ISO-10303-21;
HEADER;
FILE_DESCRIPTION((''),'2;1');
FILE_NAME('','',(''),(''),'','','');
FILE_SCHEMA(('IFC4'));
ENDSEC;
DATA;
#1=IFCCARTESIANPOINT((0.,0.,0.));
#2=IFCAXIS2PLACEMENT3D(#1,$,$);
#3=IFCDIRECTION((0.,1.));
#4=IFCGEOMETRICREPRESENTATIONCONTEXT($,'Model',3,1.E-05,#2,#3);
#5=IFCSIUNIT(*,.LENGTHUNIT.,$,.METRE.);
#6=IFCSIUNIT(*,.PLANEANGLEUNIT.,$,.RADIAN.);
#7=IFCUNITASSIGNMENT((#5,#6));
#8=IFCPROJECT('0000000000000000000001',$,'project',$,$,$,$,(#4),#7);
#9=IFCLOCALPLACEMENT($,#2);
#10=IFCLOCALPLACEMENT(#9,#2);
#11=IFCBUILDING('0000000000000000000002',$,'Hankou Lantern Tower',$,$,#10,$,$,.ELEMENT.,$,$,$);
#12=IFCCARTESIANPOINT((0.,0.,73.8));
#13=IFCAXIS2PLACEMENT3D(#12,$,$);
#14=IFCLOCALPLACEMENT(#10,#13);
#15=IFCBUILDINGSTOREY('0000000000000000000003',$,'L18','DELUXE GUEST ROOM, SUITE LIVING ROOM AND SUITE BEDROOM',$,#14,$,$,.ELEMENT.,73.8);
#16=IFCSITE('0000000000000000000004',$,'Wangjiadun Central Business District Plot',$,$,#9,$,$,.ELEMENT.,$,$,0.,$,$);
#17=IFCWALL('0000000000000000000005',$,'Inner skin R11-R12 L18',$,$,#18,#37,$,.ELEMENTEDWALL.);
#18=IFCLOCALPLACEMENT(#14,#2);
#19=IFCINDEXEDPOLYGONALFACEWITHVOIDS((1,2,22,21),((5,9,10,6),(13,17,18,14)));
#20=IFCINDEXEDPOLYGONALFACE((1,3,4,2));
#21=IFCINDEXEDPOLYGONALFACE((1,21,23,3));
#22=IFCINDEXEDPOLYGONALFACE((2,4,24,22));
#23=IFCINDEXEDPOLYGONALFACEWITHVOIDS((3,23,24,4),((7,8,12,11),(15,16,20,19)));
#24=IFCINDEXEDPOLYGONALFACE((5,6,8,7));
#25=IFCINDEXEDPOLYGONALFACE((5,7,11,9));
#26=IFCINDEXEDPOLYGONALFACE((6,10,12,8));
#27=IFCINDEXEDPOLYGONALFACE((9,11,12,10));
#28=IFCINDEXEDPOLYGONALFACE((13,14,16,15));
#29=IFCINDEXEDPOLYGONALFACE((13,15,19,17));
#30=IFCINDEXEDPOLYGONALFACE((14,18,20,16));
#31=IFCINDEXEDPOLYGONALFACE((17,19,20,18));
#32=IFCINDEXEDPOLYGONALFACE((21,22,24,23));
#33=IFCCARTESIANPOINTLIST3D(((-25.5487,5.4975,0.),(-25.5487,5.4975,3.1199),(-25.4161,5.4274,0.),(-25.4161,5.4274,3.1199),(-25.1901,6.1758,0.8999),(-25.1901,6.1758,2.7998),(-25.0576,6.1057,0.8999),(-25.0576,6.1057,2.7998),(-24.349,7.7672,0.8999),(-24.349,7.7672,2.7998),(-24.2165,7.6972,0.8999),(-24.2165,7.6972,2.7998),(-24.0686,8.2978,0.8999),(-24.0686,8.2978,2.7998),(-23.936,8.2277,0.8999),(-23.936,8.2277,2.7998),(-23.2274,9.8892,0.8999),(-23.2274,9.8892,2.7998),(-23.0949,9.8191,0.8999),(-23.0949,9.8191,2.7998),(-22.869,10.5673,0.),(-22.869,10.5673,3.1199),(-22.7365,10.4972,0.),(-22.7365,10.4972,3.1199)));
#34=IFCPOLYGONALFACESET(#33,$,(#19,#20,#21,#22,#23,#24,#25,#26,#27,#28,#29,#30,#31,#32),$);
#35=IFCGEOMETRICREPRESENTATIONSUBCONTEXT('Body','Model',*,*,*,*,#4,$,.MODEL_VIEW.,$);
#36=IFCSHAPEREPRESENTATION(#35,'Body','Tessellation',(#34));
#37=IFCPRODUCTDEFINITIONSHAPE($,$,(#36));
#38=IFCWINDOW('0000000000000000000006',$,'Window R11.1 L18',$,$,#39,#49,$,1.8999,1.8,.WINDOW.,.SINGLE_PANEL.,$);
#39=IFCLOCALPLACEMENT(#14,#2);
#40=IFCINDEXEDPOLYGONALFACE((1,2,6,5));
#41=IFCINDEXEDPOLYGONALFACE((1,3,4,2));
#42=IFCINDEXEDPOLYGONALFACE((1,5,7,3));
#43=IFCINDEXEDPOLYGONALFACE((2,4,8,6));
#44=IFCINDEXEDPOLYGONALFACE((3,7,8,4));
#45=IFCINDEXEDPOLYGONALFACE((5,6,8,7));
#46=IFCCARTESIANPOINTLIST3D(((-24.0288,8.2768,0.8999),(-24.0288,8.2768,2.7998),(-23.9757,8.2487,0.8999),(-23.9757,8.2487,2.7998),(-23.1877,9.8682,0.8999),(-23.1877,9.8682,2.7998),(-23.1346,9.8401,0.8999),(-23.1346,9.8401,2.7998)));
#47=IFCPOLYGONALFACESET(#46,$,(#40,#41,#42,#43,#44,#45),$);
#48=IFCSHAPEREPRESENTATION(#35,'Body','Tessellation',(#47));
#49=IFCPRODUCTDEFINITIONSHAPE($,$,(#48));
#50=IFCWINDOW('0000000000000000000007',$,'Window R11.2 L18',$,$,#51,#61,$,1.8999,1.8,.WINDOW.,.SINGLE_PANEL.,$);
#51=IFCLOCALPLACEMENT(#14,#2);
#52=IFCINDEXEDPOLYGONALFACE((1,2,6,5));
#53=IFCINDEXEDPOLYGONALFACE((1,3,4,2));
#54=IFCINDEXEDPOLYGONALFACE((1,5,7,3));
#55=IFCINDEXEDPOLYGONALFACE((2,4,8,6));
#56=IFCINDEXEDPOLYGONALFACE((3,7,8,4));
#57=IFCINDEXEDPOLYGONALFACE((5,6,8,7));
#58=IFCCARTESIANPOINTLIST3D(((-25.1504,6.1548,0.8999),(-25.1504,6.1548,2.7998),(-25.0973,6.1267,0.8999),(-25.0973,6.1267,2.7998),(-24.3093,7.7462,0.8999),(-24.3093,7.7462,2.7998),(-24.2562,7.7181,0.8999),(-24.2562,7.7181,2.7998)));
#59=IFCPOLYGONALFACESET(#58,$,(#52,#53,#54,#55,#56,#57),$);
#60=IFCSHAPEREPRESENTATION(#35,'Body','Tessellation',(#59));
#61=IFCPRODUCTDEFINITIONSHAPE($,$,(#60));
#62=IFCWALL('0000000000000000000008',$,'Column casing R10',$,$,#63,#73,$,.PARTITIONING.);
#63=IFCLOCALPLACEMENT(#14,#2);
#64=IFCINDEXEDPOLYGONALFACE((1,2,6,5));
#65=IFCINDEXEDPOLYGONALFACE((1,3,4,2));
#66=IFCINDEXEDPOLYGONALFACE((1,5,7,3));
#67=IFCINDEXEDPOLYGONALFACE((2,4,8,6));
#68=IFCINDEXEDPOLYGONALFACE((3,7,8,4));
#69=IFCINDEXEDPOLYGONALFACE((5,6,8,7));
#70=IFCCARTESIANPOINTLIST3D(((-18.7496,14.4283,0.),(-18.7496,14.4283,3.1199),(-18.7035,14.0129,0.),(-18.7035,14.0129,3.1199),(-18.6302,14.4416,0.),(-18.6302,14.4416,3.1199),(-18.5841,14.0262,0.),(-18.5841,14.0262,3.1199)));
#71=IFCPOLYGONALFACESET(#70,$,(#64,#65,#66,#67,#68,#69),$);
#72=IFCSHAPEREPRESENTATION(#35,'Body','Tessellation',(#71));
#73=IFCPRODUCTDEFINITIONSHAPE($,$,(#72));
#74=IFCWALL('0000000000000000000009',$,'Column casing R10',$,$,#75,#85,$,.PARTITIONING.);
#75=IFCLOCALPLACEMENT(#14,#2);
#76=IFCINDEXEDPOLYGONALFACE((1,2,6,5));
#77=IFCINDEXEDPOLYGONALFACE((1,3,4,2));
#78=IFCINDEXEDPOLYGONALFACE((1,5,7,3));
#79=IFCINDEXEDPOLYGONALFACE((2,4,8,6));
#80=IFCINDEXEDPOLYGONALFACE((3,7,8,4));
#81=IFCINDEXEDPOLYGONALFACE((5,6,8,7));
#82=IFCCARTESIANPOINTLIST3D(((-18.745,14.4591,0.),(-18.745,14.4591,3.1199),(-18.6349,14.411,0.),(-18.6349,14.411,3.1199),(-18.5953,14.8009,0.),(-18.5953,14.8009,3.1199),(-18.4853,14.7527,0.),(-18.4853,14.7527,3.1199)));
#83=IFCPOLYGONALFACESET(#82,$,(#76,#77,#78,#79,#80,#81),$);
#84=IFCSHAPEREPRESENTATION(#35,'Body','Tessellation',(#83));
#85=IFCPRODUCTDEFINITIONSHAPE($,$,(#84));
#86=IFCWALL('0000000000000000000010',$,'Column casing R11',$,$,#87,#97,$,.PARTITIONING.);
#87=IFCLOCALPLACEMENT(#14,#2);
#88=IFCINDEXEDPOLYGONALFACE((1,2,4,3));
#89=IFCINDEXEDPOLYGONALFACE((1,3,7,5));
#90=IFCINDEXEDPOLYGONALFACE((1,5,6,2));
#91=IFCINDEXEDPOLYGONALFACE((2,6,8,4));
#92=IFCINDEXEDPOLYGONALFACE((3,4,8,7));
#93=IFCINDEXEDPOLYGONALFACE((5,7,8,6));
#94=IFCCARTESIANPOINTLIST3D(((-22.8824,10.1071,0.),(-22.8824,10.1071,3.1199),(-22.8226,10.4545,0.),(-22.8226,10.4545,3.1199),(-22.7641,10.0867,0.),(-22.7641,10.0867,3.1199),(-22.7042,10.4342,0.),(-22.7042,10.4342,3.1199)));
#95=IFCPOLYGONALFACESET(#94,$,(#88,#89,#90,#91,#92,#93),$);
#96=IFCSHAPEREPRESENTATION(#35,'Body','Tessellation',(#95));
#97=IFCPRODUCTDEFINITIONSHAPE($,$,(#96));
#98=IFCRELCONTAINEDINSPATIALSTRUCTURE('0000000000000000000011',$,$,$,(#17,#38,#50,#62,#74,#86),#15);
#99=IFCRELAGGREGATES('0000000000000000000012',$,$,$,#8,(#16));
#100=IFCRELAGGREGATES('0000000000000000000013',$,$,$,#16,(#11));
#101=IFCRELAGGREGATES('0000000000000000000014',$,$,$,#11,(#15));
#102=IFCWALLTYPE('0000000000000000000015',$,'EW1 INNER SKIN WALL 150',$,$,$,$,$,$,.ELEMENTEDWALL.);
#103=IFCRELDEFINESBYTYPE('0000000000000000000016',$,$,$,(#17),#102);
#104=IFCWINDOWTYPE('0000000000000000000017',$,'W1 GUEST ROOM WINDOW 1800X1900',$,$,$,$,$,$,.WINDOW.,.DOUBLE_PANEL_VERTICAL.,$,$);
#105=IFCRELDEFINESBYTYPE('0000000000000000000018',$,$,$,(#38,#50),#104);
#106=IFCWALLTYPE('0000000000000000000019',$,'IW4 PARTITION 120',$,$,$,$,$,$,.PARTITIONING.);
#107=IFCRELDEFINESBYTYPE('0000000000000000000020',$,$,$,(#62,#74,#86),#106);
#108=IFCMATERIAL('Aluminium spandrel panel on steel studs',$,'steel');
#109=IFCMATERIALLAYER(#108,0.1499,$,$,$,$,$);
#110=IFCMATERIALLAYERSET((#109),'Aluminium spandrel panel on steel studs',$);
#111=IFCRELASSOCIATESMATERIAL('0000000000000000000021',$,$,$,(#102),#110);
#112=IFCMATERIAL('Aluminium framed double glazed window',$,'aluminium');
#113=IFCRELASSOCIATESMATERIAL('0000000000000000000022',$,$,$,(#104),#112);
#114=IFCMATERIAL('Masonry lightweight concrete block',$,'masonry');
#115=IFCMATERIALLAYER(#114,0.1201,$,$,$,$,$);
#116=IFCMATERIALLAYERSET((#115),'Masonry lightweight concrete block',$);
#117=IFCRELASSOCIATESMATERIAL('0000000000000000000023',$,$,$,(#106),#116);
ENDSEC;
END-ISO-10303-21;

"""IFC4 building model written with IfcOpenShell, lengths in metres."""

from ifc_helpers import new_model, si_unit, direction, frame, frame_2d, origin, place, context, subcontext, project, spatial, rectangle, extrude, material, layer, layer_set, type_object, element, fill, save


model = new_model("IFC4")

# Units and contexts
model_context = context("Model", 3, precision=1e-05, world=origin(), true_north=direction((0.0, 1.0)))
body_context = subcontext(model_context, "Body", "Model", "MODEL_VIEW")
ifc_project = project(units=[si_unit("LENGTHUNIT", "METRE"), si_unit("PLANEANGLEUNIT", "RADIAN")], contexts=[model_context])

# Site, building, storey
site_placement = place(None, origin())
site = spatial("IfcSite", under=ifc_project, at=site_placement, Name="Wangjiadun Central Business District Plot", CompositionType="ELEMENT", RefElevation=0.0)
building_placement = place(site_placement, origin())
building = spatial("IfcBuilding", under=site, at=building_placement, Name="Hankou Lantern Tower", CompositionType="ELEMENT")
storey_placement = place(building_placement, frame((0.0, 0.0, 73.8)))
storey = spatial("IfcBuildingStorey", under=building, at=storey_placement, Name="L18", Description="DELUXE GUEST ROOM, SUITE LIVING ROOM AND SUITE BEDROOM", CompositionType="ELEMENT", Elevation=73.8)

# Wall, openings, windows
ifc_material_1 = material(Name="Aluminium spandrel panel on steel studs", Category="steel")
ifc_layer_1 = layer(ifc_material_1, 0.1499)
ifc_layer_set_1 = layer_set([ifc_layer_1], Name="Aluminium spandrel panel on steel studs")
wall_type_1 = type_object("IfcWallType", Name="EW1 INNER SKIN WALL 150", PredefinedType="ELEMENTEDWALL", material=ifc_layer_set_1)
ifc_material_2 = material(Name="Aluminium framed double glazed window", Category="aluminium")
window_type = type_object("IfcWindowType", Name="W1 GUEST ROOM WINDOW 1800X1900", PartitioningType="DOUBLE_PANEL_VERTICAL", PredefinedType="WINDOW", material=ifc_material_2)
wall_1_placement = place(storey_placement, frame((-22.8027, 10.5322, 0.0), z_axis=(0.0, 0.0, 1.0), x_axis=(-0.467297, -0.8841, 0.0)))
wall_1 = element("IfcWall", 1, at=wall_1_placement, inside=storey, type_object=wall_type_1, Name="Inner skin R11-R12 L18", PredefinedType="ELEMENTEDWALL", context=body_context, shape_type="SweptSolid", body=[
    extrude(rectangle(XDim=5.7344, YDim=0.1499, at=frame_2d((2.8672, 0.0))), origin(), (0.0, 0.0, 1.0), 3.1199),
])
opening_1_placement = place(wall_1_placement, frame((0.7671, 0.0, 0.8999)))
opening_1 = element("IfcOpeningElement", 2, at=opening_1_placement, cuts=wall_1, PredefinedType="OPENING", context=body_context, shape_type="SweptSolid", body=[
    extrude(rectangle(XDim=1.8, YDim=1.8999, at=frame_2d((0.8999, 0.95))), frame((0.0, 0.085, 0.0), z_axis=(0.0, -1.0, 0.0), x_axis=(1.0, 0.0, 0.0)), (0.0, 0.0, 1.0), 0.1699),
])
opening_2_placement = place(wall_1_placement, frame((3.1672, 0.0, 0.8999)))
opening_2 = element("IfcOpeningElement", 3, at=opening_2_placement, cuts=wall_1, PredefinedType="OPENING", context=body_context, shape_type="SweptSolid", body=[
    extrude(rectangle(XDim=1.8, YDim=1.8999, at=frame_2d((0.8999, 0.95))), frame((0.0, 0.085, 0.0), z_axis=(0.0, -1.0, 0.0), x_axis=(1.0, 0.0, 0.0)), (0.0, 0.0, 1.0), 0.1699),
])
window_1_placement = place(opening_1_placement, origin())
window_1 = element("IfcWindow", 4, at=window_1_placement, inside=storey, type_object=window_type, Name="Window R11.1 L18", OverallHeight=1.8999, OverallWidth=1.8, PartitioningType="SINGLE_PANEL", PredefinedType="WINDOW", context=body_context, shape_type="SweptSolid", body=[
    extrude(rectangle(XDim=1.8, YDim=1.8999, at=frame_2d((0.8999, 0.95))), frame((0.0, 0.03, 0.0), z_axis=(0.0, -1.0, 0.0), x_axis=(1.0, 0.0, 0.0)), (0.0, 0.0, 1.0), 0.0601),
])
fill(opening_1, window_1)
window_2_placement = place(opening_2_placement, origin())
window_2 = element("IfcWindow", 5, at=window_2_placement, inside=storey, type_object=window_type, Name="Window R11.2 L18", OverallHeight=1.8999, OverallWidth=1.8, PartitioningType="SINGLE_PANEL", PredefinedType="WINDOW", context=body_context, shape_type="SweptSolid", body=[
    extrude(rectangle(XDim=1.8, YDim=1.8999, at=frame_2d((0.8999, 0.95))), frame((0.0, 0.03, 0.0), z_axis=(0.0, -1.0, 0.0), x_axis=(1.0, 0.0, 0.0)), (0.0, 0.0, 1.0), 0.0601),
])
fill(opening_2, window_2)

# Walls
ifc_material_3 = material(Name="Masonry lightweight concrete block", Category="masonry")
ifc_layer_2 = layer(ifc_material_3, 0.1201)
ifc_layer_set_2 = layer_set([ifc_layer_2], Name="Masonry lightweight concrete block")
wall_type_2 = type_object("IfcWallType", Name="IW4 PARTITION 120", PredefinedType="PARTITIONING", material=ifc_layer_set_2)
wall_2_placement = place(storey_placement, frame((-18.6438, 14.0195, 0.0), z_axis=(0.0, 0.0, 1.0), x_axis=(-0.110367, 0.993891, 0.0)))
element("IfcWall", 6, at=wall_2_placement, inside=storey, type_object=wall_type_2, Name="Column casing R10", PredefinedType="PARTITIONING", context=body_context, shape_type="SweptSolid", body=[
    extrude(rectangle(XDim=0.418, YDim=0.1201, at=frame_2d((0.209, 0.0))), origin(), (0.0, 0.0, 1.0), 3.1199),
])
wall_3_placement = place(storey_placement, frame((-18.6899, 14.4351, 0.0), z_axis=(0.0, 0.0, 1.0), x_axis=(0.401093, 0.916037, 0.0)))
element("IfcWall", 7, at=wall_3_placement, inside=storey, type_object=wall_type_2, Name="Column casing R10", PredefinedType="PARTITIONING", context=body_context, shape_type="SweptSolid", body=[
    extrude(rectangle(XDim=0.373, YDim=0.1201, at=frame_2d((0.1865, 0.0))), origin(), (0.0, 0.0, 1.0), 3.1199),
])
wall_4_placement = place(storey_placement, frame((-22.8232, 10.0969, 0.0), z_axis=(0.0, 0.0, 1.0), x_axis=(0.169675, 0.9855, 0.0)))
element("IfcWall", 8, at=wall_4_placement, inside=storey, type_object=wall_type_2, Name="Column casing R11", PredefinedType="PARTITIONING", context=body_context, shape_type="SweptSolid", body=[
    extrude(rectangle(XDim=0.3525, YDim=0.1201, at=frame_2d((0.1763, 0.0))), origin(), (0.0, 0.0, 1.0), 3.1199),
])

save(model, "model.ifc")
